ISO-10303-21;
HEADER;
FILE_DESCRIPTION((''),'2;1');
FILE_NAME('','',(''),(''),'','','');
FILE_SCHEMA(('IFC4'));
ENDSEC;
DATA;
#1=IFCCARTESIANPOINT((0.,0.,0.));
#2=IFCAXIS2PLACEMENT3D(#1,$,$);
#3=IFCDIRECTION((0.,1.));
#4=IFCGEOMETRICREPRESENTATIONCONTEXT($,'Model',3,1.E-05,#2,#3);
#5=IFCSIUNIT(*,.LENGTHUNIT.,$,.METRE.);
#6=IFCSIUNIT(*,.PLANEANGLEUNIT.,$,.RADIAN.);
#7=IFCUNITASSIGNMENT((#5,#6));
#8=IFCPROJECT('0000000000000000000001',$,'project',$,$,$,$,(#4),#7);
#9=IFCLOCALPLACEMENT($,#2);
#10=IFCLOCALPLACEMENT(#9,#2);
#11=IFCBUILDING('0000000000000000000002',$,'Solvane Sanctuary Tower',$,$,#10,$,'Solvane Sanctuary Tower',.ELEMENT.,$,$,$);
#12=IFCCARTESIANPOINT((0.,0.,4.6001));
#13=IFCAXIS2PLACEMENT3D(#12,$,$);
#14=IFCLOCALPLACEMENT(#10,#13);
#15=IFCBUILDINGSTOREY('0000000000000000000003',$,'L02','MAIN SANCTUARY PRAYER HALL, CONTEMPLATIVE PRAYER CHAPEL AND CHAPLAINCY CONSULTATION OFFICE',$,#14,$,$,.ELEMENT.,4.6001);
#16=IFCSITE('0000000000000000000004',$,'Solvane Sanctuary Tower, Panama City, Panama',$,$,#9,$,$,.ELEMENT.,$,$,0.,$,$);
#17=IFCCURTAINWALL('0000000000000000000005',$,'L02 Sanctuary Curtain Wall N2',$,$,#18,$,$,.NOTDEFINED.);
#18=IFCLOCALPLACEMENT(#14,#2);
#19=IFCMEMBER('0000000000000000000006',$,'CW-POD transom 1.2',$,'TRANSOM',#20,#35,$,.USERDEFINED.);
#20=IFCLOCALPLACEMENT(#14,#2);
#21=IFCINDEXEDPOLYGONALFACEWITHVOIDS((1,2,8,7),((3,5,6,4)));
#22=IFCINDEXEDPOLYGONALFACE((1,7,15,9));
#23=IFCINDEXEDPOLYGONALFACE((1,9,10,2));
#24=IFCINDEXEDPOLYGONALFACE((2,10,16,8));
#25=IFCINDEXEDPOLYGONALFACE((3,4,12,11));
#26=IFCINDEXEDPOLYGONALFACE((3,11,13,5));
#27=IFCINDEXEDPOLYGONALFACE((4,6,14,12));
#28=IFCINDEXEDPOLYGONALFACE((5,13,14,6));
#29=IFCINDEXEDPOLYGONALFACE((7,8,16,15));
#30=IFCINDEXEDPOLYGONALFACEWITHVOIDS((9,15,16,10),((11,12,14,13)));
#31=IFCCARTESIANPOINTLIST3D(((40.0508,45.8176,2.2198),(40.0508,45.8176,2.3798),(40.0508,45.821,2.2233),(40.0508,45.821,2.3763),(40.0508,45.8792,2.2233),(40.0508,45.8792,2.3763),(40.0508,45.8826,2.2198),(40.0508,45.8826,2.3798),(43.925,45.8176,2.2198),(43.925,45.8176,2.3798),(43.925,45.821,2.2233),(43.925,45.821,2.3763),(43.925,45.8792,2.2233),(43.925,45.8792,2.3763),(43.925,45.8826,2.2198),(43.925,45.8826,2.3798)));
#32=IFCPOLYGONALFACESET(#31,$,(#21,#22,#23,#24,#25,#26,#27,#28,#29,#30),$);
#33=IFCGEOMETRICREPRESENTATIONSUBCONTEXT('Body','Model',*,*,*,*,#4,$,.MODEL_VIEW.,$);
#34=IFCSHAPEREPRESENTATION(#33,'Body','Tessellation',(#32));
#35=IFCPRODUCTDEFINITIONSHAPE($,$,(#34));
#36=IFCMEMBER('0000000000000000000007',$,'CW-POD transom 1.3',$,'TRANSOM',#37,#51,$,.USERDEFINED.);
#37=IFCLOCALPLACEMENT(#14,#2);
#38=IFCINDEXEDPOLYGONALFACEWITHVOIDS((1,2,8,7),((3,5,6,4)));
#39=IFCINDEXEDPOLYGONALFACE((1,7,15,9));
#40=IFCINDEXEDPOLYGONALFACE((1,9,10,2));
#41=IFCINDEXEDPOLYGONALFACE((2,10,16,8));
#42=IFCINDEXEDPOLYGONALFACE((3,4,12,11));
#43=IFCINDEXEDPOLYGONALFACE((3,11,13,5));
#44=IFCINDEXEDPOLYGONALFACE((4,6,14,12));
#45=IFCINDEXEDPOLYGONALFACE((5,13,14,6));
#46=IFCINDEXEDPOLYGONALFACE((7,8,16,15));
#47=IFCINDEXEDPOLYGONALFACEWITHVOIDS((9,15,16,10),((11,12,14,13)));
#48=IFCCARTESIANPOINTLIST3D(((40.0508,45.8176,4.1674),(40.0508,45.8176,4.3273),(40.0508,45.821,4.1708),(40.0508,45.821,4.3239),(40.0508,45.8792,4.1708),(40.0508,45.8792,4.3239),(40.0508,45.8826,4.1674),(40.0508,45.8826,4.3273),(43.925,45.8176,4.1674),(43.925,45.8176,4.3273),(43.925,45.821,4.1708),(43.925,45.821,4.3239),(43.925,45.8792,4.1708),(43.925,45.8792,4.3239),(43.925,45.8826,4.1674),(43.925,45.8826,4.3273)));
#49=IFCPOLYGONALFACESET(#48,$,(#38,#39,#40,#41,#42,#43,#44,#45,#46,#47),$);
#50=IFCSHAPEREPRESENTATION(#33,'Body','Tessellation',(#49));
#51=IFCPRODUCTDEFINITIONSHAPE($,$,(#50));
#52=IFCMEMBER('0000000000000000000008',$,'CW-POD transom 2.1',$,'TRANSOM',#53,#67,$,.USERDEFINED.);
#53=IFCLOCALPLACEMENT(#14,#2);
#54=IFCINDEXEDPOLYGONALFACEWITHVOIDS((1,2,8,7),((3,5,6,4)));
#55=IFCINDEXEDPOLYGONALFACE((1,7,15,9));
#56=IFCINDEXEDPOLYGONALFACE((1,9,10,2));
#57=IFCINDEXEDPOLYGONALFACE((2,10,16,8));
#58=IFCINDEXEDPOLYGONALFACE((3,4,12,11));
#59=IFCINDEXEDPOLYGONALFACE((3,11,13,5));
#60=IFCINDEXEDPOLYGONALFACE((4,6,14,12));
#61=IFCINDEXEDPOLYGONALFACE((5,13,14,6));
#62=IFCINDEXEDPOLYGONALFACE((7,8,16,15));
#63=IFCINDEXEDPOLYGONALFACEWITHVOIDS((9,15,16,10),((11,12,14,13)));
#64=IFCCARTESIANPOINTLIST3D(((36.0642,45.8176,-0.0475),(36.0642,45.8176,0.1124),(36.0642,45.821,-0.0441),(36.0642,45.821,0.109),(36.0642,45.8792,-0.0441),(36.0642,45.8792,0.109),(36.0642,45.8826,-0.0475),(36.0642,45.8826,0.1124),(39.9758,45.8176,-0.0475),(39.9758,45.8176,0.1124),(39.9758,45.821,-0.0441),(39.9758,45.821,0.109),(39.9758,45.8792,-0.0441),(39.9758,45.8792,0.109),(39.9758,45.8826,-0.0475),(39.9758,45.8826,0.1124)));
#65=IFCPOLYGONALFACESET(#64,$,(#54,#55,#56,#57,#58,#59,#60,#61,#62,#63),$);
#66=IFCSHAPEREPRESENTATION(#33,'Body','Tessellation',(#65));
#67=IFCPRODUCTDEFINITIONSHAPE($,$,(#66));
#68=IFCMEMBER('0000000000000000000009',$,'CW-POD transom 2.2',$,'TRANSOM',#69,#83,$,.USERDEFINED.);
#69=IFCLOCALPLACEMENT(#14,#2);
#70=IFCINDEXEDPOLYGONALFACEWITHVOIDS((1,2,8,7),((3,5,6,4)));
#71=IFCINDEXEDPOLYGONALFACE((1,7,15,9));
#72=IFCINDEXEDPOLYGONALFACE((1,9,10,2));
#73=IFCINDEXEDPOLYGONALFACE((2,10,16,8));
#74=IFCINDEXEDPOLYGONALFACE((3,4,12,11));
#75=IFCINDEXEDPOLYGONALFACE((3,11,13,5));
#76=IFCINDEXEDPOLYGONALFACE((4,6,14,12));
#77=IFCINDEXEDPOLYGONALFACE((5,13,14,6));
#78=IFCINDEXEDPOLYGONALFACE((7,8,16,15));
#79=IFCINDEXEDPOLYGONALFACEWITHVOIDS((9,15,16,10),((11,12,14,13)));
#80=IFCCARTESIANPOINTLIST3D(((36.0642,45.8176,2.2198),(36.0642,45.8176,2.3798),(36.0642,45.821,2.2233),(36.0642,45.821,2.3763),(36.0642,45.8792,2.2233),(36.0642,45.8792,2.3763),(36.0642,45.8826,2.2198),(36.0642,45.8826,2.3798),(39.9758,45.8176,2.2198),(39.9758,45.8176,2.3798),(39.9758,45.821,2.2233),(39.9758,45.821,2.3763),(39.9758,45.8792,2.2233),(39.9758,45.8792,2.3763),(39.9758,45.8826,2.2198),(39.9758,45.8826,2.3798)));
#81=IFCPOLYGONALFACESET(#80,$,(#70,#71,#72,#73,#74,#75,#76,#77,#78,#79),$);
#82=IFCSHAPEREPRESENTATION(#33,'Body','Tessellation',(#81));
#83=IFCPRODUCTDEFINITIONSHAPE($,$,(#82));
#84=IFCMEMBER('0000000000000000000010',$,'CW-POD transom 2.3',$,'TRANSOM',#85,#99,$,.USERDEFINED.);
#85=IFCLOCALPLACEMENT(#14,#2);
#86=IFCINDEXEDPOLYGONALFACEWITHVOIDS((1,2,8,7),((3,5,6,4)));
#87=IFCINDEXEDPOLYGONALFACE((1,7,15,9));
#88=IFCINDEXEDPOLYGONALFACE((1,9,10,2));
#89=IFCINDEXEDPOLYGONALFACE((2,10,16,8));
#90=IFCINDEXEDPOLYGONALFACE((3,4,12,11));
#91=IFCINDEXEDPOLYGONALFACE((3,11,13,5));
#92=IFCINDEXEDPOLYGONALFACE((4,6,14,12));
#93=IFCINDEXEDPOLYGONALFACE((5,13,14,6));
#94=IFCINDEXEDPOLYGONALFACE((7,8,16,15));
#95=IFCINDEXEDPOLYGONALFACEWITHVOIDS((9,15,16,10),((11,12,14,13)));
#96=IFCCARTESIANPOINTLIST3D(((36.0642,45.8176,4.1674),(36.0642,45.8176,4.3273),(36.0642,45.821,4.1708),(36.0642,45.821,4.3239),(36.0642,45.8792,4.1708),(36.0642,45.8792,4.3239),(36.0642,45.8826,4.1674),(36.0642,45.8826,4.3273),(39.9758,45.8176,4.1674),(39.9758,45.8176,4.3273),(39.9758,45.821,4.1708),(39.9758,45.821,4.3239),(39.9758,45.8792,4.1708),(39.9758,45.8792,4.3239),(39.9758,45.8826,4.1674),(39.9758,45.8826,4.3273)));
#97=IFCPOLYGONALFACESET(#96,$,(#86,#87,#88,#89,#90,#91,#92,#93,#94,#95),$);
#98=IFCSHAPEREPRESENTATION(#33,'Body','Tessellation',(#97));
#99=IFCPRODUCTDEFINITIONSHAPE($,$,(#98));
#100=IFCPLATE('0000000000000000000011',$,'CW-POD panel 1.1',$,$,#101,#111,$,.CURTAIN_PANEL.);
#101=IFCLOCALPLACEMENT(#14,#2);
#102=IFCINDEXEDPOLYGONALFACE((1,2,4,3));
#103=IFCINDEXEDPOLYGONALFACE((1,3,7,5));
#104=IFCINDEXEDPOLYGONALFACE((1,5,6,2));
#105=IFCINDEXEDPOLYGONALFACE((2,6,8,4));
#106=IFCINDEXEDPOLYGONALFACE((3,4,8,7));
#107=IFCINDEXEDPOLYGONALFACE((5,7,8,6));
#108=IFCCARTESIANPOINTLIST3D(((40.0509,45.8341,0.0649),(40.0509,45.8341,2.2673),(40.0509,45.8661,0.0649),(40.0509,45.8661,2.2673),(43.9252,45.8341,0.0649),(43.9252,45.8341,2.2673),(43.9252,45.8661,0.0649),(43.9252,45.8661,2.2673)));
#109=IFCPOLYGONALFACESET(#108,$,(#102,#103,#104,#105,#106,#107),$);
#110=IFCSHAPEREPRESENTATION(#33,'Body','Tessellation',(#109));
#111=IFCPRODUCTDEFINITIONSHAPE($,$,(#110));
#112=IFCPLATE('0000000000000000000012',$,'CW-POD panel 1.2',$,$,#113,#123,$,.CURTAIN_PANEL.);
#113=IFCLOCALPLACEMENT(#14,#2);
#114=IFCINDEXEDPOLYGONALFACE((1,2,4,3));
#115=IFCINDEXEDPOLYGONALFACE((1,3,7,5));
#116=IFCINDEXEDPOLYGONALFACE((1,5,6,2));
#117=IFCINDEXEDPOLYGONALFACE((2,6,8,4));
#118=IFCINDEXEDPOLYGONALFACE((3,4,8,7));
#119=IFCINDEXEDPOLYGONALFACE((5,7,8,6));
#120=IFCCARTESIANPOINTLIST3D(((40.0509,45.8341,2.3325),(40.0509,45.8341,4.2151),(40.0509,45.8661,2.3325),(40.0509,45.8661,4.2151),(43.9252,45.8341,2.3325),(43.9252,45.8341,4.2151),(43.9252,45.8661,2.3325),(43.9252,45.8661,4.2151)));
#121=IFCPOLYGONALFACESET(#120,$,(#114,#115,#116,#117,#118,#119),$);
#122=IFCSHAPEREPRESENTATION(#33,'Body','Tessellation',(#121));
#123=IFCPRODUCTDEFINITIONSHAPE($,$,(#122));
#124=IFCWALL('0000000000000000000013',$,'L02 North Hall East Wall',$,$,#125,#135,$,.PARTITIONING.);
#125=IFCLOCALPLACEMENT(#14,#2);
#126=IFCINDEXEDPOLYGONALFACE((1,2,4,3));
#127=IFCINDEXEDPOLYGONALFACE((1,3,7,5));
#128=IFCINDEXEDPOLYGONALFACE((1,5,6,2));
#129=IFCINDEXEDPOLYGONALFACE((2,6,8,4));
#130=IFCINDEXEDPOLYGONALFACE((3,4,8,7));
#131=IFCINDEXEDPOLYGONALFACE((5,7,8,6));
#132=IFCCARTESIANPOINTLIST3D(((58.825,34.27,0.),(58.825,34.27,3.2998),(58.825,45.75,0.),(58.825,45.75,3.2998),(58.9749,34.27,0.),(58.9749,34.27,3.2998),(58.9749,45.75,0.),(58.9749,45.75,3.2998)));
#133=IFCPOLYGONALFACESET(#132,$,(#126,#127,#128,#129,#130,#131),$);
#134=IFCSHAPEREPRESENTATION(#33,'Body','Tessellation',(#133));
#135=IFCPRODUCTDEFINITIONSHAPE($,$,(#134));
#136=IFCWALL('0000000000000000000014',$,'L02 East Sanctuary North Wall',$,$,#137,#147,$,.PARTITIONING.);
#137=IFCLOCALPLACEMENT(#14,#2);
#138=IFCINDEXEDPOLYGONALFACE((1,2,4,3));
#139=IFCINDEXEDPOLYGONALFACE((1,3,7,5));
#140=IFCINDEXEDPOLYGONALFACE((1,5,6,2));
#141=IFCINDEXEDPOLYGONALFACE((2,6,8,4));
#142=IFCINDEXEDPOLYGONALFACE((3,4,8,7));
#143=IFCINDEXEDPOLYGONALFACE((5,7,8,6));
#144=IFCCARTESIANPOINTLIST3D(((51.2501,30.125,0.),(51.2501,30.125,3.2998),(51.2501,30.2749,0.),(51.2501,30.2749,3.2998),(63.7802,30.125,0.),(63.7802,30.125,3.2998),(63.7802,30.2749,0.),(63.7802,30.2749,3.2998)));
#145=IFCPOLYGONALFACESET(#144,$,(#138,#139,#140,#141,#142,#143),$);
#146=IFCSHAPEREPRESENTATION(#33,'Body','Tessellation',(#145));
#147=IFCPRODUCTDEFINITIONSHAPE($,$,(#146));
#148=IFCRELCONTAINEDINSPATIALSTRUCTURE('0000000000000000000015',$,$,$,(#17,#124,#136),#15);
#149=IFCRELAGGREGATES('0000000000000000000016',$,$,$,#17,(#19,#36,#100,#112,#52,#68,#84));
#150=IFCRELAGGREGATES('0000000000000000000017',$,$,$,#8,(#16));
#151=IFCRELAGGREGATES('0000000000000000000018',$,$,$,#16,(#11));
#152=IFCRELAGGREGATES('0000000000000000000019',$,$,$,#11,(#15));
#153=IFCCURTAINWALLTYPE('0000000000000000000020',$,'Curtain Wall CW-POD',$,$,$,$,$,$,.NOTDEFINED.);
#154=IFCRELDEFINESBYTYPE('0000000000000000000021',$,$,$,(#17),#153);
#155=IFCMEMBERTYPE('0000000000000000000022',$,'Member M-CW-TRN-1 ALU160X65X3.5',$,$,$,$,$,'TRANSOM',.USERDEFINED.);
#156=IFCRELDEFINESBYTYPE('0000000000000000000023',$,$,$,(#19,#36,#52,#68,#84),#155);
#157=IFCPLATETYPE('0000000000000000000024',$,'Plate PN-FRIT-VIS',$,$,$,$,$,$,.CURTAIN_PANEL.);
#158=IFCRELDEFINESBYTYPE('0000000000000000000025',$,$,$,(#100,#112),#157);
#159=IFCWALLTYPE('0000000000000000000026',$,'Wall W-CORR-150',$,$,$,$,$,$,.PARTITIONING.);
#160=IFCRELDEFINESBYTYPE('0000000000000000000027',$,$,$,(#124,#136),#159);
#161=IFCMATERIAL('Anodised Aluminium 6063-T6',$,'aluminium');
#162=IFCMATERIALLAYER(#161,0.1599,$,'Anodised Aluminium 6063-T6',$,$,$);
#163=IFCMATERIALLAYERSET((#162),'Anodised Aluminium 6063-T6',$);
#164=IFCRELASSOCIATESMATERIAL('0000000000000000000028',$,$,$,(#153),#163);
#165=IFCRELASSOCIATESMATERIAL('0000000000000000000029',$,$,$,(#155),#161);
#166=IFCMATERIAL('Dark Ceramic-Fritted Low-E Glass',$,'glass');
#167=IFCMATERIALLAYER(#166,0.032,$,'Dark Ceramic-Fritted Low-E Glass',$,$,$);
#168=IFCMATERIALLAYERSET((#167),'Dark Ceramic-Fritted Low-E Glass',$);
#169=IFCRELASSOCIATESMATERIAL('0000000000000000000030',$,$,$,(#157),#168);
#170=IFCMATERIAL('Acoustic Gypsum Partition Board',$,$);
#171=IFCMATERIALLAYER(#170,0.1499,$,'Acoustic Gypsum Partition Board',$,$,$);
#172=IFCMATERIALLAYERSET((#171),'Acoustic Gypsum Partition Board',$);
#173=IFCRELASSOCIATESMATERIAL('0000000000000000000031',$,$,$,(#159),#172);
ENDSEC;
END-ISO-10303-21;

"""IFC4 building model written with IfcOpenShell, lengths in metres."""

from ifc_helpers import new_model, si_unit, direction, frame, frame_2d, origin, origin_2d, place, context, subcontext, project, spatial, rectangle, hollow_rectangle, extrude, material, layer, layer_set, material_profile, profile_set, type_object, element, aggregate, save


model = new_model("IFC4")

# Units and contexts
model_context = context("Model", 3, precision=1e-05, world=origin(), true_north=direction((0.0, 1.0)))
body_context = subcontext(model_context, "Body", "Model", "MODEL_VIEW")
ifc_project = project(units=[si_unit("LENGTHUNIT", "METRE"), si_unit("PLANEANGLEUNIT", "RADIAN")], contexts=[model_context])

# Site, building, storey
site_placement = place(None, origin())
site = spatial("IfcSite", under=ifc_project, at=site_placement, Name="Solvane Sanctuary Tower, Panama City, Panama", CompositionType="ELEMENT", RefElevation=0.0)
building_placement = place(site_placement, origin())
building = spatial("IfcBuilding", under=site, at=building_placement, Name="Solvane Sanctuary Tower", LongName="Solvane Sanctuary Tower", CompositionType="ELEMENT")
storey_placement = place(building_placement, frame((0.0, 0.0, 4.6001)))
storey = spatial("IfcBuildingStorey", under=building, at=storey_placement, Name="L02", Description="MAIN SANCTUARY PRAYER HALL, CONTEMPLATIVE PRAYER CHAPEL AND CHAPLAINCY CONSULTATION OFFICE", CompositionType="ELEMENT", Elevation=4.6001)

# Curtain wall, members, plates
ifc_material_1 = material(Name="Anodised Aluminium 6063-T6", Category="aluminium")
ifc_layer_1 = layer(ifc_material_1, 0.1599, Name="Anodised Aluminium 6063-T6")
ifc_layer_set_1 = layer_set([ifc_layer_1], Name="Anodised Aluminium 6063-T6")
curtain_wall_type = type_object("IfcCurtainWallType", Name="Curtain Wall CW-POD", PredefinedType="NOTDEFINED", material=ifc_layer_set_1)
curtain_wall_placement = place(storey_placement, origin())
curtain_wall = element("IfcCurtainWall", 1, at=curtain_wall_placement, inside=storey, type_object=curtain_wall_type, Name="L02 Sanctuary Curtain Wall N2", PredefinedType="NOTDEFINED")
ifc_material_profile_1 = material_profile(ifc_material_1, hollow_rectangle(XDim=0.0649, YDim=0.1599, WallThickness=0.0034, at=origin_2d()), Name="ALU160X65X3.5")
ifc_profile_set_1 = profile_set([ifc_material_profile_1], Name="Anodised Aluminium 6063-T6")
member_type_1 = type_object("IfcMemberType", Name="Member M-CW-TRN-1 ALU160X65X3.5", ElementType="TRANSOM", PredefinedType="USERDEFINED", material=ifc_profile_set_1)
member_1_placement = place(storey_placement, frame((43.925, 45.8501, 2.2998), z_axis=(-1.0, 0.0, 0.0), x_axis=(0.0, -1.0, 0.0)))
member_1 = element("IfcMember", 2, at=member_1_placement, type_object=member_type_1, Name="CW-POD transom 1.2", ObjectType="TRANSOM", PredefinedType="USERDEFINED", context=body_context, shape_type="SweptSolid", body=[
    extrude(hollow_rectangle(XDim=0.0649, YDim=0.1599, WallThickness=0.0034, at=origin_2d()), origin(), (0.0, 0.0, 1.0), 3.8743),
])
member_2_placement = place(storey_placement, frame((43.925, 45.8501, 4.2473), z_axis=(-1.0, 0.0, 0.0), x_axis=(0.0, -1.0, 0.0)))
member_2 = element("IfcMember", 3, at=member_2_placement, type_object=member_type_1, Name="CW-POD transom 1.3", ObjectType="TRANSOM", PredefinedType="USERDEFINED", context=body_context, shape_type="SweptSolid", body=[
    extrude(hollow_rectangle(XDim=0.0649, YDim=0.1599, WallThickness=0.0034, at=origin_2d()), origin(), (0.0, 0.0, 1.0), 3.8743),
])
member_3_placement = place(storey_placement, frame((39.9758, 45.8501, 0.0325), z_axis=(-1.0, 0.0, 0.0), x_axis=(0.0, -1.0, 0.0)))
member_3 = element("IfcMember", 4, at=member_3_placement, type_object=member_type_1, Name="CW-POD transom 2.1", ObjectType="TRANSOM", PredefinedType="USERDEFINED", context=body_context, shape_type="SweptSolid", body=[
    extrude(hollow_rectangle(XDim=0.0649, YDim=0.1599, WallThickness=0.0034, at=origin_2d()), origin(), (0.0, 0.0, 1.0), 3.9116),
])
member_4_placement = place(storey_placement, frame((39.9758, 45.8501, 2.2998), z_axis=(-1.0, 0.0, 0.0), x_axis=(0.0, -1.0, 0.0)))
member_4 = element("IfcMember", 5, at=member_4_placement, type_object=member_type_1, Name="CW-POD transom 2.2", ObjectType="TRANSOM", PredefinedType="USERDEFINED", context=body_context, shape_type="SweptSolid", body=[
    extrude(hollow_rectangle(XDim=0.0649, YDim=0.1599, WallThickness=0.0034, at=origin_2d()), origin(), (0.0, 0.0, 1.0), 3.9116),
])
member_5_placement = place(storey_placement, frame((39.9758, 45.8501, 4.2473), z_axis=(-1.0, 0.0, 0.0), x_axis=(0.0, -1.0, 0.0)))
member_5 = element("IfcMember", 6, at=member_5_placement, type_object=member_type_1, Name="CW-POD transom 2.3", ObjectType="TRANSOM", PredefinedType="USERDEFINED", context=body_context, shape_type="SweptSolid", body=[
    extrude(hollow_rectangle(XDim=0.0649, YDim=0.1599, WallThickness=0.0034, at=origin_2d()), origin(), (0.0, 0.0, 1.0), 3.9116),
])
ifc_material_2 = material(Name="Dark Ceramic-Fritted Low-E Glass", Category="glass")
ifc_layer_2 = layer(ifc_material_2, 0.032, Name="Dark Ceramic-Fritted Low-E Glass")
ifc_layer_set_2 = layer_set([ifc_layer_2], Name="Dark Ceramic-Fritted Low-E Glass")
plate_type = type_object("IfcPlateType", Name="Plate PN-FRIT-VIS", PredefinedType="CURTAIN_PANEL", material=ifc_layer_set_2)
plate_1_placement = place(storey_placement, frame((41.988, 45.8501, 0.0649), z_axis=(0.0, 0.0, 1.0), x_axis=(-1.0, 0.0, 0.0)))
plate_1 = element("IfcPlate", 7, at=plate_1_placement, type_object=plate_type, Name="CW-POD panel 1.1", PredefinedType="CURTAIN_PANEL", context=body_context, shape_type="SweptSolid", body=[
    extrude(rectangle(XDim=3.8743, YDim=0.032, at=origin_2d()), origin(), (0.0, 0.0, 1.0), 2.2024),
])
plate_2_placement = place(storey_placement, frame((41.988, 45.8501, 2.3325), z_axis=(0.0, 0.0, 1.0), x_axis=(-1.0, 0.0, 0.0)))
plate_2 = element("IfcPlate", 8, at=plate_2_placement, type_object=plate_type, Name="CW-POD panel 1.2", PredefinedType="CURTAIN_PANEL", context=body_context, shape_type="SweptSolid", body=[
    extrude(rectangle(XDim=3.8743, YDim=0.032, at=origin_2d()), origin(), (0.0, 0.0, 1.0), 1.8826),
])
aggregate(curtain_wall, [member_1, member_2, plate_1, plate_2, member_3, member_4, member_5])

# Walls
ifc_material_3 = material(Name="Acoustic Gypsum Partition Board")
ifc_layer_3 = layer(ifc_material_3, 0.1499, Name="Acoustic Gypsum Partition Board")
ifc_layer_set_3 = layer_set([ifc_layer_3], Name="Acoustic Gypsum Partition Board")
wall_type_1 = type_object("IfcWallType", Name="Wall W-CORR-150", PredefinedType="PARTITIONING", material=ifc_layer_set_3)
wall_1_placement = place(storey_placement, frame((58.8999, 34.27, 0.0), z_axis=(0.0, 0.0, 1.0), x_axis=(0.0, 1.0, 0.0)))
element("IfcWall", 9, at=wall_1_placement, inside=storey, type_object=wall_type_1, Name="L02 North Hall East Wall", PredefinedType="PARTITIONING", context=body_context, shape_type="SweptSolid", body=[
    extrude(rectangle(XDim=11.48, YDim=0.1499, at=frame_2d((5.74, 0.0))), origin(), (0.0, 0.0, 1.0), 3.2998),
])
wall_2_placement = place(storey_placement, frame((51.25, 30.2, 0.0), z_axis=(0.0, 0.0, 1.0), x_axis=(1.0, 0.0, 0.0)))
element("IfcWall", 10, at=wall_2_placement, inside=storey, type_object=wall_type_1, Name="L02 East Sanctuary North Wall", PredefinedType="PARTITIONING", context=body_context, shape_type="SweptSolid", body=[
    extrude(rectangle(XDim=12.53, YDim=0.1499, at=frame_2d((6.2651, 0.0))), origin(), (0.0, 0.0, 1.0), 3.2998),
])

save(model, "model.ifc")
